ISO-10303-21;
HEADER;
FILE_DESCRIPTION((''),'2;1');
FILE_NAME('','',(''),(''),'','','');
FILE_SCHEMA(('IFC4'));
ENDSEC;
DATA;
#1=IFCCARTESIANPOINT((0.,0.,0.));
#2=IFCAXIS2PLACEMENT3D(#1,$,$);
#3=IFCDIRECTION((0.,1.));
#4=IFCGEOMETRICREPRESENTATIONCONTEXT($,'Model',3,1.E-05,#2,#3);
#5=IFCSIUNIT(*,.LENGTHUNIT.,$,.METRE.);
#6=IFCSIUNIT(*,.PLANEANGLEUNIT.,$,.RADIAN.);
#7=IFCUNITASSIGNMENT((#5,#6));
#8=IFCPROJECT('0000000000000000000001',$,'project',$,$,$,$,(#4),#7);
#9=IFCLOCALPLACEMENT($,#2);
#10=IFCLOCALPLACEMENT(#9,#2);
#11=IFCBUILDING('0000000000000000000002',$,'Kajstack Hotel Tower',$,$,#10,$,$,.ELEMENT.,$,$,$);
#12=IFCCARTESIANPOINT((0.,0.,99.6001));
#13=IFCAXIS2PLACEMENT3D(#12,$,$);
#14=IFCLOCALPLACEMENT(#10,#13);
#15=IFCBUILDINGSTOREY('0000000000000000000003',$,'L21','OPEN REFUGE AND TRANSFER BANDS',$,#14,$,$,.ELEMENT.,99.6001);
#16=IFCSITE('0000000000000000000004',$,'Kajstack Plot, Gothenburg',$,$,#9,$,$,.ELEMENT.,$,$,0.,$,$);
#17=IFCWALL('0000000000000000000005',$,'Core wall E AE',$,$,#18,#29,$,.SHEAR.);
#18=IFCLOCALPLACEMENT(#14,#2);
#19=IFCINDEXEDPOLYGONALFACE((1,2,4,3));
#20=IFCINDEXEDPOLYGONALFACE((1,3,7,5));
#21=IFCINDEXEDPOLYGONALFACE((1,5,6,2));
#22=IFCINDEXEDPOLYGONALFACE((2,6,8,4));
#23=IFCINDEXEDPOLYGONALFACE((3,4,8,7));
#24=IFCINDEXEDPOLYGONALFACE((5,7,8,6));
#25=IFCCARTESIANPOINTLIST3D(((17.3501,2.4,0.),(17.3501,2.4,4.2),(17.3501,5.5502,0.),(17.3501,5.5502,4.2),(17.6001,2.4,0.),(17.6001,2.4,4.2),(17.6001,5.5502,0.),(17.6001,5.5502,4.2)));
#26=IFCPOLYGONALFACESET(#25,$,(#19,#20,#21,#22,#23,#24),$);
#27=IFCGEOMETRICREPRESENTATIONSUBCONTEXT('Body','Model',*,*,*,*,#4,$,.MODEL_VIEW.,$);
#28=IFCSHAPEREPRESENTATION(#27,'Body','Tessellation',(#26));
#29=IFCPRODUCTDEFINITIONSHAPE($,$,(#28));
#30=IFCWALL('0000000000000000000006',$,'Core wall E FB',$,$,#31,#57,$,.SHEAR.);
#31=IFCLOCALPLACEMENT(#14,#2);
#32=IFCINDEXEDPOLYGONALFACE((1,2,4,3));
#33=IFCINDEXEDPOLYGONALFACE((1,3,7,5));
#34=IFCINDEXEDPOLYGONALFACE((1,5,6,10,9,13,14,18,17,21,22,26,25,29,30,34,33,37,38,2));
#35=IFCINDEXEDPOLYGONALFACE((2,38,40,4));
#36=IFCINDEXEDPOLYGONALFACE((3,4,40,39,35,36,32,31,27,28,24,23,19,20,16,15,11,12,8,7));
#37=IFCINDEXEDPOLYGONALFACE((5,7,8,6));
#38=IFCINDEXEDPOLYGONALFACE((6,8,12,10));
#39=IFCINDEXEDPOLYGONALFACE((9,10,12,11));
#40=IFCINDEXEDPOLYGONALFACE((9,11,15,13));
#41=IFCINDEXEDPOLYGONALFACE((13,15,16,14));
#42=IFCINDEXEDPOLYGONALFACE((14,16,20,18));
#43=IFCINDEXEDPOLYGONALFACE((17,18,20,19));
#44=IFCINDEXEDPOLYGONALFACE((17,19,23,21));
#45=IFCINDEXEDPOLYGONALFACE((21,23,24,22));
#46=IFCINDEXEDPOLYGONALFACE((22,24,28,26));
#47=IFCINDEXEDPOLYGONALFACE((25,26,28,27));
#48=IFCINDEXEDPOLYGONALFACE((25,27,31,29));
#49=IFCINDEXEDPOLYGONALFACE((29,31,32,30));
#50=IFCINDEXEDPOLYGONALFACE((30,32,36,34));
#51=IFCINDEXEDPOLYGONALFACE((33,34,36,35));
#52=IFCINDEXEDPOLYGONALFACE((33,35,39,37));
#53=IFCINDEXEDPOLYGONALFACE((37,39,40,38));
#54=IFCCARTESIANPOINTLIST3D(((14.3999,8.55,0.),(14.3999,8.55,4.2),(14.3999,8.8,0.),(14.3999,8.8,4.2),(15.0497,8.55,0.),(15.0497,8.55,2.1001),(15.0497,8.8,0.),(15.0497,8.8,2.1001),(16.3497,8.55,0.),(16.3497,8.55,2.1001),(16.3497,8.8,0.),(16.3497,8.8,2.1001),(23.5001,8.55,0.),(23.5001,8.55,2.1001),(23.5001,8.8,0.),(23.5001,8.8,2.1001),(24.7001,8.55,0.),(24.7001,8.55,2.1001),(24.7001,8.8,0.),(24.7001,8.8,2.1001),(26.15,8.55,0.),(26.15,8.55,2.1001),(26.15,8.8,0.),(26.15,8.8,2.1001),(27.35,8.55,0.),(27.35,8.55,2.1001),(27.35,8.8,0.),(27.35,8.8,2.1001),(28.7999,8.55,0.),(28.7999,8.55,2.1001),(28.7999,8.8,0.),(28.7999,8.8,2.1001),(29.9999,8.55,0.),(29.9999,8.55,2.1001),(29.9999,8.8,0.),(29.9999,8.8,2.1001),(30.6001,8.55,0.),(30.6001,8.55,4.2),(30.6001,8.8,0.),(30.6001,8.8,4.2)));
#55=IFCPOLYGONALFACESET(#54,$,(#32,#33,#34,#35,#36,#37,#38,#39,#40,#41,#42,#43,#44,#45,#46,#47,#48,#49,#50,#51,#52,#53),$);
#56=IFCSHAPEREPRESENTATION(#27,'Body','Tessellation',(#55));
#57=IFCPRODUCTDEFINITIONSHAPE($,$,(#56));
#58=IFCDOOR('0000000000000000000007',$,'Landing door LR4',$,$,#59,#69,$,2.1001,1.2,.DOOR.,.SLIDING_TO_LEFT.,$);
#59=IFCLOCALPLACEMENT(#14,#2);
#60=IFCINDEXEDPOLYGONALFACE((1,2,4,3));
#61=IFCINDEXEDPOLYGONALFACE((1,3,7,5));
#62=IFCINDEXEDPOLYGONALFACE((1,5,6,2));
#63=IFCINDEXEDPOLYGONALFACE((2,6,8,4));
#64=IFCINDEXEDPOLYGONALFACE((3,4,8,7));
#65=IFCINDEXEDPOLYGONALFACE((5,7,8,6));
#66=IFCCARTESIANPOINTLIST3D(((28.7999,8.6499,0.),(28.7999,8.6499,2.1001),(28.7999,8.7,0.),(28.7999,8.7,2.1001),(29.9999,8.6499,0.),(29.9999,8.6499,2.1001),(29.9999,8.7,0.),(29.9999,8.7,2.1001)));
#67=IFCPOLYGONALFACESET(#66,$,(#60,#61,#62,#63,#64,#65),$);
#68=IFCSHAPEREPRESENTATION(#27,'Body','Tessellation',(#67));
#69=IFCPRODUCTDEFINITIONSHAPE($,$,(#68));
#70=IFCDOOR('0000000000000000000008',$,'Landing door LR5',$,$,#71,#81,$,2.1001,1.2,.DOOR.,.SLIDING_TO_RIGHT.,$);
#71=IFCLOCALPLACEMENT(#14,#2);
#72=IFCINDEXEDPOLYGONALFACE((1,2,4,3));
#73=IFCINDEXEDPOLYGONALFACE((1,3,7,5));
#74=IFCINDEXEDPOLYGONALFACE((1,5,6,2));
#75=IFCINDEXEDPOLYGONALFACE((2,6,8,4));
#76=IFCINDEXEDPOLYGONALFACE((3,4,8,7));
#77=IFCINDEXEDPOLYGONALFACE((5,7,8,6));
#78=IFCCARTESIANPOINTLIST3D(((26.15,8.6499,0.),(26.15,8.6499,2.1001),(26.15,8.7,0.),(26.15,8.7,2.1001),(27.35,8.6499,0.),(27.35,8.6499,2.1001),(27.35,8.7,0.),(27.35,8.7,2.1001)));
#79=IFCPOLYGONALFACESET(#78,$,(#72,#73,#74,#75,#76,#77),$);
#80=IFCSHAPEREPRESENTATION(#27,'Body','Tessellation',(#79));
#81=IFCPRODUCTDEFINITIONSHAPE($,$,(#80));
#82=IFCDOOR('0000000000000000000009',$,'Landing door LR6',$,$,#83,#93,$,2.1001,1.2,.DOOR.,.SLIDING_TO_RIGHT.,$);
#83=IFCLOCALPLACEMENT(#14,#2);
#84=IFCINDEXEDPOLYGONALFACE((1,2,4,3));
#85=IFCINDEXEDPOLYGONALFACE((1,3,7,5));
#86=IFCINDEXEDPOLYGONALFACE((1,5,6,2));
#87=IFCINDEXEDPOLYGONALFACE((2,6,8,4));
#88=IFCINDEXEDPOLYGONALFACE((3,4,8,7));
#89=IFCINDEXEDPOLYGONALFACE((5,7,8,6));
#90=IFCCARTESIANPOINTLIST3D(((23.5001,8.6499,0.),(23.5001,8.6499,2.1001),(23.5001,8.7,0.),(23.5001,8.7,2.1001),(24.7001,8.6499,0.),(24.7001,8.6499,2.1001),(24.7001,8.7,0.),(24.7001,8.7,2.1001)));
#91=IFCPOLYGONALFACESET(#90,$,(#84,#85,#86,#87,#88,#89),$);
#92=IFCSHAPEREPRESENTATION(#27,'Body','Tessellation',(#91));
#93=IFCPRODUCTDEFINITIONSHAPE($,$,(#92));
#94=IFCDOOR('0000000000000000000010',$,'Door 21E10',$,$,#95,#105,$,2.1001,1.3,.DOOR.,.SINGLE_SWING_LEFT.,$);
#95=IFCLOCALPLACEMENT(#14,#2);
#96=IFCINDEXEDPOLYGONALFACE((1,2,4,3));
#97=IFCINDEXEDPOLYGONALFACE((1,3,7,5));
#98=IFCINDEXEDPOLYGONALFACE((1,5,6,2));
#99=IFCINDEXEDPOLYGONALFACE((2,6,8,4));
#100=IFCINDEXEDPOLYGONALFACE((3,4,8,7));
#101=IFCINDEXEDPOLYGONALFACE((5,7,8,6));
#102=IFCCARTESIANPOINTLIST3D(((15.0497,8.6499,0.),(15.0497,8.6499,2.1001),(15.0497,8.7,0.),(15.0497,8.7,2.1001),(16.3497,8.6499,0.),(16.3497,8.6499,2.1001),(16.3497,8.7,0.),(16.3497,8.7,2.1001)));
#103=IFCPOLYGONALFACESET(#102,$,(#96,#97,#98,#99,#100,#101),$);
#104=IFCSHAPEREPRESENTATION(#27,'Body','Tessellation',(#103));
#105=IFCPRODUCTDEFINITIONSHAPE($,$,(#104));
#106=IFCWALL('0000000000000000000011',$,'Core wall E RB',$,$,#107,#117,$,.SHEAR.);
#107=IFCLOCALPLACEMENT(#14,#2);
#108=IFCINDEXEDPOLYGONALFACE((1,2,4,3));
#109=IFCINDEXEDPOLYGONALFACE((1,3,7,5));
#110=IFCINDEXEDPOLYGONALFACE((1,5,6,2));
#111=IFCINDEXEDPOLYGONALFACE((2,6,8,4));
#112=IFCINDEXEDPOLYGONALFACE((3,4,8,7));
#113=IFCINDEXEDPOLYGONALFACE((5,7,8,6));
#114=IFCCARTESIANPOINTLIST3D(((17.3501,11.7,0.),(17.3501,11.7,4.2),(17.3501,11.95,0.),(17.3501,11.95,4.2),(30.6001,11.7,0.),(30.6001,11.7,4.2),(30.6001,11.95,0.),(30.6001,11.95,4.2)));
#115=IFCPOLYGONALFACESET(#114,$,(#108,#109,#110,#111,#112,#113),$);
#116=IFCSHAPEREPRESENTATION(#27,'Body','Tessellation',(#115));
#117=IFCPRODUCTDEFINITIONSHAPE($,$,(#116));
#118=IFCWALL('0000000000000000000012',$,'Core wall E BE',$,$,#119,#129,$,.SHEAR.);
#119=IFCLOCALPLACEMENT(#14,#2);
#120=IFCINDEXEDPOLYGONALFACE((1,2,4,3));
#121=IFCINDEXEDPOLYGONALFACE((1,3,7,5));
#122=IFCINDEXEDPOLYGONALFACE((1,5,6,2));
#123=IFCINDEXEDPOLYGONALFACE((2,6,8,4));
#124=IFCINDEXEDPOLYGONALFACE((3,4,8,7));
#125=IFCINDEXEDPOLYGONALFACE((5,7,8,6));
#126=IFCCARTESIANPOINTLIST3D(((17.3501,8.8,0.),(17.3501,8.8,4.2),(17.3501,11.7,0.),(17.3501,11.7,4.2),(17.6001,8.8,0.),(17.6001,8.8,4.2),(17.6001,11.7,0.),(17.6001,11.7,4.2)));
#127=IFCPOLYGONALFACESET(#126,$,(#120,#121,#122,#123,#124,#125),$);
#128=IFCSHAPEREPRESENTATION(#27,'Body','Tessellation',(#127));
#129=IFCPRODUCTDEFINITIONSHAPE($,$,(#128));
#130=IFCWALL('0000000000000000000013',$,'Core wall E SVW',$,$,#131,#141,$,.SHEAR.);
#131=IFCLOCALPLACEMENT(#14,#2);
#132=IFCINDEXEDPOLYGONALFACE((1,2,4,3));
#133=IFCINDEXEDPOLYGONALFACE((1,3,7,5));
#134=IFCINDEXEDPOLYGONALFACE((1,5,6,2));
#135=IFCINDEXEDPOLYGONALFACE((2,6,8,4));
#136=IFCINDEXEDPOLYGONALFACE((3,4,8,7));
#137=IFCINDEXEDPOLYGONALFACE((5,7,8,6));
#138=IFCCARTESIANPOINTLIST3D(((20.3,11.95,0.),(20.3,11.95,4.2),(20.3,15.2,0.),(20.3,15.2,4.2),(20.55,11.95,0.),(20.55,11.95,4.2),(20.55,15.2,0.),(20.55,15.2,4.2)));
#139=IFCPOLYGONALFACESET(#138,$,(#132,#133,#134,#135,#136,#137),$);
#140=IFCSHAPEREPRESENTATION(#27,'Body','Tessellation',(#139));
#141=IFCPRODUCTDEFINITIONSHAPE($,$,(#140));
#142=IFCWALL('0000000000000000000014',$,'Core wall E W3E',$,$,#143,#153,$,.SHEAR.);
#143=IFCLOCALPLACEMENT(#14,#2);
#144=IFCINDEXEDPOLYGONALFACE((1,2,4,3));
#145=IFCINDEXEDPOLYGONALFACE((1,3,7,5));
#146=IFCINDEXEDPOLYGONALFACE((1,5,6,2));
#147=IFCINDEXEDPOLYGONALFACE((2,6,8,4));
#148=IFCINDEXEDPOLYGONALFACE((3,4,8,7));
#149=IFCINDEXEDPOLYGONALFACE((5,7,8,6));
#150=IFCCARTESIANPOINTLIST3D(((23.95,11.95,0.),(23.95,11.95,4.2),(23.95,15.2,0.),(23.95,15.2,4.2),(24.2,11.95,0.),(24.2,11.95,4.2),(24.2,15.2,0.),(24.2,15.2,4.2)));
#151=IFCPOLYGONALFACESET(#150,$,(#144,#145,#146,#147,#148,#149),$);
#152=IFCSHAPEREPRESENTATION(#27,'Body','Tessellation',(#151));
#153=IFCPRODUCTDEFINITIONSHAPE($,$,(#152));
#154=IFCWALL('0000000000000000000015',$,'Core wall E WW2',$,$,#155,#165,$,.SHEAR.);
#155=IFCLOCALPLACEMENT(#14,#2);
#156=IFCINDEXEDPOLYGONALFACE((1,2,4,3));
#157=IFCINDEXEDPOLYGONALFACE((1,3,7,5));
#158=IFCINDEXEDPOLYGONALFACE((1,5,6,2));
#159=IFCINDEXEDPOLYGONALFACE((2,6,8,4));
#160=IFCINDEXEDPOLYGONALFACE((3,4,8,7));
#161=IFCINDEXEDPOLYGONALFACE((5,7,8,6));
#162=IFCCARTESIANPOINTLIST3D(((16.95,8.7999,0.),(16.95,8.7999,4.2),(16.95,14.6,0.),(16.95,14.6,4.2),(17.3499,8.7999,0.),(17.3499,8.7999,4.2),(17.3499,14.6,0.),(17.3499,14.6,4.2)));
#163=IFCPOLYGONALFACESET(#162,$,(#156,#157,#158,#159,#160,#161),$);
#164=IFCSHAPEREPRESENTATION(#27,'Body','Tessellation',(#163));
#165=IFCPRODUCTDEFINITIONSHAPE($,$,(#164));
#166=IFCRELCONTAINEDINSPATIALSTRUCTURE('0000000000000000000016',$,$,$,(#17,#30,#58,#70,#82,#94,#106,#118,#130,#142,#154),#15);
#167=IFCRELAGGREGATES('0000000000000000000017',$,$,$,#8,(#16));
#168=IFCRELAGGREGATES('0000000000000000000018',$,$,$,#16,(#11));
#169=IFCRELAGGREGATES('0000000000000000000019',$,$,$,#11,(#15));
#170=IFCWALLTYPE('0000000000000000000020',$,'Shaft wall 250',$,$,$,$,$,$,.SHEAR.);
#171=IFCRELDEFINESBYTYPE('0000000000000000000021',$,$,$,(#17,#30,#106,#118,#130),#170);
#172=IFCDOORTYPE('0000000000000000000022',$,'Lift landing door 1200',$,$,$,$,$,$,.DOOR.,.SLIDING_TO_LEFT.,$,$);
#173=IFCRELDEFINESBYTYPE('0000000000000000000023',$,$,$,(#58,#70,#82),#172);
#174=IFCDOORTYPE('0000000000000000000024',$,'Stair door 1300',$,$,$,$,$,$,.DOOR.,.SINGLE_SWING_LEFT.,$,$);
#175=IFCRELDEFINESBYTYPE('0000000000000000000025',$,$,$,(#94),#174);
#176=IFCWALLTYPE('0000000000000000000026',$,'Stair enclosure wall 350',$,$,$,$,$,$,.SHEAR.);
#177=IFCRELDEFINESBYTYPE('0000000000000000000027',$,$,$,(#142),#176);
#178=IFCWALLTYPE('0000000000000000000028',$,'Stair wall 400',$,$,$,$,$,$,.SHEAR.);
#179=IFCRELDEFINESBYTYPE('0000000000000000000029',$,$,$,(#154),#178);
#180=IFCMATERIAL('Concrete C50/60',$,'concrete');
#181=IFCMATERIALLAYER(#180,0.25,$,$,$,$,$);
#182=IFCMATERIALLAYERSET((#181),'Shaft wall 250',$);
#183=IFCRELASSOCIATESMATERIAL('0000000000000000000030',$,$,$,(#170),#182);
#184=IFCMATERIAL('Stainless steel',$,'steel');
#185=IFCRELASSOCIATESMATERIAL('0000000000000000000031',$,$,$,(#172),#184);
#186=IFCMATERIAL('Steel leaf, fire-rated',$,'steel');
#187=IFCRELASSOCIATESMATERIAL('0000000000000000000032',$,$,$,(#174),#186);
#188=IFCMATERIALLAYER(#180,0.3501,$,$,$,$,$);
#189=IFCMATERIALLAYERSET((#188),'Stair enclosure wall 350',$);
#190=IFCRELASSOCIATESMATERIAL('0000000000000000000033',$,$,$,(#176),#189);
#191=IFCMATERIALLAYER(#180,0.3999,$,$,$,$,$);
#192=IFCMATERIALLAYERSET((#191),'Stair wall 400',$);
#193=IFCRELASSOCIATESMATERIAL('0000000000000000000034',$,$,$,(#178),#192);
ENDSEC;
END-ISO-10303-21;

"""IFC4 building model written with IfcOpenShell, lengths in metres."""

from ifc_helpers import new_model, si_unit, direction, frame, frame_2d, origin, place, context, subcontext, project, spatial, rectangle, extrude, material, layer, layer_set, type_object, element, fill, save


model = new_model("IFC4")

# Units and contexts
model_context = context("Model", 3, precision=1e-05, world=origin(), true_north=direction((0.0, 1.0)))
body_context = subcontext(model_context, "Body", "Model", "MODEL_VIEW")
ifc_project = project(units=[si_unit("LENGTHUNIT", "METRE"), si_unit("PLANEANGLEUNIT", "RADIAN")], contexts=[model_context])

# Site, building, storey
site_placement = place(None, origin())
site = spatial("IfcSite", under=ifc_project, at=site_placement, Name="Kajstack Plot, Gothenburg", CompositionType="ELEMENT", RefElevation=0.0)
building_placement = place(site_placement, origin())
building = spatial("IfcBuilding", under=site, at=building_placement, Name="Kajstack Hotel Tower", CompositionType="ELEMENT")
storey_placement = place(building_placement, frame((0.0, 0.0, 99.6001)))
storey = spatial("IfcBuildingStorey", under=building, at=storey_placement, Name="L21", Description="OPEN REFUGE AND TRANSFER BANDS", CompositionType="ELEMENT", Elevation=99.6001)

# Wall
ifc_material_1 = material(Name="Concrete C50/60", Category="concrete")
ifc_layer_1 = layer(ifc_material_1, 0.25)
ifc_layer_set_1 = layer_set([ifc_layer_1], Name="Shaft wall 250")
wall_type_1 = type_object("IfcWallType", Name="Shaft wall 250", PredefinedType="SHEAR", material=ifc_layer_set_1)
wall_1_placement = place(storey_placement, frame((17.4751, 2.3999, 0.0), z_axis=(0.0, 0.0, 1.0), x_axis=(0.0, 1.0, 0.0)))
element("IfcWall", 1, at=wall_1_placement, inside=storey, type_object=wall_type_1, Name="Core wall E AE", PredefinedType="SHEAR", context=body_context, shape_type="SweptSolid", body=[
    extrude(rectangle(XDim=3.1501, YDim=0.25, at=frame_2d((1.5752, 0.0))), origin(), (0.0, 0.0, 1.0), 4.2),
])

# Wall, openings, doors
wall_2_placement = place(storey_placement, frame((14.3999, 8.675, 0.0), z_axis=(0.0, 0.0, 1.0), x_axis=(1.0, 0.0, 0.0)))
wall_2 = element("IfcWall", 2, at=wall_2_placement, inside=storey, type_object=wall_type_1, Name="Core wall E FB", PredefinedType="SHEAR", context=body_context, shape_type="SweptSolid", body=[
    extrude(rectangle(XDim=16.2002, YDim=0.25, at=frame_2d((8.1001, 0.0))), origin(), (0.0, 0.0, 1.0), 4.2),
])
opening_1_placement = place(wall_2_placement, frame((14.3999, 0.0, 0.0)))
opening_1 = element("IfcOpeningElement", 3, at=opening_1_placement, cuts=wall_2, PredefinedType="OPENING", context=body_context, shape_type="SweptSolid", body=[
    extrude(rectangle(XDim=1.2, YDim=2.1001, at=frame_2d((0.6001, 1.05))), frame((0.0, 0.135, 0.0), z_axis=(0.0, -1.0, 0.0), x_axis=(1.0, 0.0, 0.0)), (0.0, 0.0, 1.0), 0.27),
])
opening_2_placement = place(wall_2_placement, frame((11.75, 0.0, 0.0)))
opening_2 = element("IfcOpeningElement", 4, at=opening_2_placement, cuts=wall_2, PredefinedType="OPENING", context=body_context, shape_type="SweptSolid", body=[
    extrude(rectangle(XDim=1.2, YDim=2.1001, at=frame_2d((0.6001, 1.05))), frame((0.0, 0.135, 0.0), z_axis=(0.0, -1.0, 0.0), x_axis=(1.0, 0.0, 0.0)), (0.0, 0.0, 1.0), 0.27),
])
opening_3_placement = place(wall_2_placement, frame((9.1001, 0.0, 0.0)))
opening_3 = element("IfcOpeningElement", 5, at=opening_3_placement, cuts=wall_2, PredefinedType="OPENING", context=body_context, shape_type="SweptSolid", body=[
    extrude(rectangle(XDim=1.2, YDim=2.1001, at=frame_2d((0.6001, 1.05))), frame((0.0, 0.135, 0.0), z_axis=(0.0, -1.0, 0.0), x_axis=(1.0, 0.0, 0.0)), (0.0, 0.0, 1.0), 0.27),
])
opening_4_placement = place(wall_2_placement, frame((0.6499, 0.0, 0.0)))
opening_4 = element("IfcOpeningElement", 6, at=opening_4_placement, cuts=wall_2, PredefinedType="OPENING", context=body_context, shape_type="SweptSolid", body=[
    extrude(rectangle(XDim=1.3, YDim=2.1001, at=frame_2d((0.6499, 1.05))), frame((0.0, 0.135, 0.0), z_axis=(0.0, -1.0, 0.0), x_axis=(1.0, 0.0, 0.0)), (0.0, 0.0, 1.0), 0.27),
])
ifc_material_2 = material(Name="Stainless steel", Category="steel")
door_type_1 = type_object("IfcDoorType", Name="Lift landing door 1200", OperationType="SLIDING_TO_LEFT", PredefinedType="DOOR", material=ifc_material_2)
door_1_placement = place(opening_1_placement, origin())
door_1 = element("IfcDoor", 7, at=door_1_placement, inside=storey, type_object=door_type_1, Name="Landing door LR4", OperationType="SLIDING_TO_LEFT", OverallHeight=2.1001, OverallWidth=1.2, PredefinedType="DOOR", context=body_context, shape_type="SweptSolid", body=[
    extrude(rectangle(XDim=1.2, YDim=2.1001, at=frame_2d((0.6001, 1.05))), frame((0.0, 0.0249, 0.0), z_axis=(0.0, -1.0, 0.0), x_axis=(1.0, 0.0, 0.0)), (0.0, 0.0, 1.0), 0.05),
])
fill(opening_1, door_1)
door_2_placement = place(opening_2_placement, origin())
door_2 = element("IfcDoor", 8, at=door_2_placement, inside=storey, type_object=door_type_1, Name="Landing door LR5", OperationType="SLIDING_TO_RIGHT", OverallHeight=2.1001, OverallWidth=1.2, PredefinedType="DOOR", context=body_context, shape_type="SweptSolid", body=[
    extrude(rectangle(XDim=1.2, YDim=2.1001, at=frame_2d((0.6001, 1.05))), frame((0.0, 0.0249, 0.0), z_axis=(0.0, -1.0, 0.0), x_axis=(1.0, 0.0, 0.0)), (0.0, 0.0, 1.0), 0.05),
])
fill(opening_2, door_2)
door_3_placement = place(opening_3_placement, origin())
door_3 = element("IfcDoor", 9, at=door_3_placement, inside=storey, type_object=door_type_1, Name="Landing door LR6", OperationType="SLIDING_TO_RIGHT", OverallHeight=2.1001, OverallWidth=1.2, PredefinedType="DOOR", context=body_context, shape_type="SweptSolid", body=[
    extrude(rectangle(XDim=1.2, YDim=2.1001, at=frame_2d((0.6001, 1.05))), frame((0.0, 0.0249, 0.0), z_axis=(0.0, -1.0, 0.0), x_axis=(1.0, 0.0, 0.0)), (0.0, 0.0, 1.0), 0.05),
])
fill(opening_3, door_3)
ifc_material_3 = material(Name="Steel leaf, fire-rated", Category="steel")
door_type_2 = type_object("IfcDoorType", Name="Stair door 1300", OperationType="SINGLE_SWING_LEFT", PredefinedType="DOOR", material=ifc_material_3)
door_4_placement = place(opening_4_placement, origin())
door_4 = element("IfcDoor", 10, at=door_4_placement, inside=storey, type_object=door_type_2, Name="Door 21E10", OperationType="SINGLE_SWING_LEFT", OverallHeight=2.1001, OverallWidth=1.3, PredefinedType="DOOR", context=body_context, shape_type="SweptSolid", body=[
    extrude(rectangle(XDim=1.3, YDim=2.1001, at=frame_2d((0.6499, 1.05))), frame((0.0, 0.0249, 0.0), z_axis=(0.0, -1.0, 0.0), x_axis=(1.0, 0.0, 0.0)), (0.0, 0.0, 1.0), 0.05),
])
fill(opening_4, door_4)

# Walls
wall_3_placement = place(storey_placement, frame((17.3501, 11.825, 0.0), z_axis=(0.0, 0.0, 1.0), x_axis=(1.0, 0.0, 0.0)))
element("IfcWall", 11, at=wall_3_placement, inside=storey, type_object=wall_type_1, Name="Core wall E RB", PredefinedType="SHEAR", context=body_context, shape_type="SweptSolid", body=[
    extrude(rectangle(XDim=13.25, YDim=0.25, at=frame_2d((6.625, 0.0))), origin(), (0.0, 0.0, 1.0), 4.2),
])
wall_4_placement = place(storey_placement, frame((17.4751, 8.8, 0.0), z_axis=(0.0, 0.0, 1.0), x_axis=(0.0, 1.0, 0.0)))
element("IfcWall", 12, at=wall_4_placement, inside=storey, type_object=wall_type_1, Name="Core wall E BE", PredefinedType="SHEAR", context=body_context, shape_type="SweptSolid", body=[
    extrude(rectangle(XDim=2.8999, YDim=0.25, at=frame_2d((1.45, 0.0))), origin(), (0.0, 0.0, 1.0), 4.2),
])
wall_5_placement = place(storey_placement, frame((20.425, 11.95, 0.0), z_axis=(0.0, 0.0, 1.0), x_axis=(0.0, 1.0, 0.0)))
element("IfcWall", 13, at=wall_5_placement, inside=storey, type_object=wall_type_1, Name="Core wall E SVW", PredefinedType="SHEAR", context=body_context, shape_type="SweptSolid", body=[
    extrude(rectangle(XDim=3.25, YDim=0.25, at=frame_2d((1.625, 0.0))), origin(), (0.0, 0.0, 1.0), 4.2),
])
ifc_layer_2 = layer(ifc_material_1, 0.3501)
ifc_layer_set_2 = layer_set([ifc_layer_2], Name="Stair enclosure wall 350")
wall_type_2 = type_object("IfcWallType", Name="Stair enclosure wall 350", PredefinedType="SHEAR", material=ifc_layer_set_2)
wall_6_placement = place(storey_placement, frame((24.075, 11.95, 0.0), z_axis=(0.0, 0.0, 1.0), x_axis=(0.0, 1.0, 0.0)))
element("IfcWall", 14, at=wall_6_placement, inside=storey, type_object=wall_type_2, Name="Core wall E W3E", PredefinedType="SHEAR", context=body_context, shape_type="SweptSolid", body=[
    extrude(rectangle(XDim=3.25, YDim=0.25, at=frame_2d((1.625, 0.0))), origin(), (0.0, 0.0, 1.0), 4.2),
])
ifc_layer_3 = layer(ifc_material_1, 0.3999)
ifc_layer_set_3 = layer_set([ifc_layer_3], Name="Stair wall 400")
wall_type_3 = type_object("IfcWallType", Name="Stair wall 400", PredefinedType="SHEAR", material=ifc_layer_set_3)
wall_7_placement = place(storey_placement, frame((17.1499, 8.8, 0.0), z_axis=(0.0, 0.0, 1.0), x_axis=(0.0, 1.0, 0.0)))
element("IfcWall", 15, at=wall_7_placement, inside=storey, type_object=wall_type_3, Name="Core wall E WW2", PredefinedType="SHEAR", context=body_context, shape_type="SweptSolid", body=[
    extrude(rectangle(XDim=5.8, YDim=0.3999, at=frame_2d((2.8999, 0.0))), origin(), (0.0, 0.0, 1.0), 4.2),
])

save(model, "model.ifc")
